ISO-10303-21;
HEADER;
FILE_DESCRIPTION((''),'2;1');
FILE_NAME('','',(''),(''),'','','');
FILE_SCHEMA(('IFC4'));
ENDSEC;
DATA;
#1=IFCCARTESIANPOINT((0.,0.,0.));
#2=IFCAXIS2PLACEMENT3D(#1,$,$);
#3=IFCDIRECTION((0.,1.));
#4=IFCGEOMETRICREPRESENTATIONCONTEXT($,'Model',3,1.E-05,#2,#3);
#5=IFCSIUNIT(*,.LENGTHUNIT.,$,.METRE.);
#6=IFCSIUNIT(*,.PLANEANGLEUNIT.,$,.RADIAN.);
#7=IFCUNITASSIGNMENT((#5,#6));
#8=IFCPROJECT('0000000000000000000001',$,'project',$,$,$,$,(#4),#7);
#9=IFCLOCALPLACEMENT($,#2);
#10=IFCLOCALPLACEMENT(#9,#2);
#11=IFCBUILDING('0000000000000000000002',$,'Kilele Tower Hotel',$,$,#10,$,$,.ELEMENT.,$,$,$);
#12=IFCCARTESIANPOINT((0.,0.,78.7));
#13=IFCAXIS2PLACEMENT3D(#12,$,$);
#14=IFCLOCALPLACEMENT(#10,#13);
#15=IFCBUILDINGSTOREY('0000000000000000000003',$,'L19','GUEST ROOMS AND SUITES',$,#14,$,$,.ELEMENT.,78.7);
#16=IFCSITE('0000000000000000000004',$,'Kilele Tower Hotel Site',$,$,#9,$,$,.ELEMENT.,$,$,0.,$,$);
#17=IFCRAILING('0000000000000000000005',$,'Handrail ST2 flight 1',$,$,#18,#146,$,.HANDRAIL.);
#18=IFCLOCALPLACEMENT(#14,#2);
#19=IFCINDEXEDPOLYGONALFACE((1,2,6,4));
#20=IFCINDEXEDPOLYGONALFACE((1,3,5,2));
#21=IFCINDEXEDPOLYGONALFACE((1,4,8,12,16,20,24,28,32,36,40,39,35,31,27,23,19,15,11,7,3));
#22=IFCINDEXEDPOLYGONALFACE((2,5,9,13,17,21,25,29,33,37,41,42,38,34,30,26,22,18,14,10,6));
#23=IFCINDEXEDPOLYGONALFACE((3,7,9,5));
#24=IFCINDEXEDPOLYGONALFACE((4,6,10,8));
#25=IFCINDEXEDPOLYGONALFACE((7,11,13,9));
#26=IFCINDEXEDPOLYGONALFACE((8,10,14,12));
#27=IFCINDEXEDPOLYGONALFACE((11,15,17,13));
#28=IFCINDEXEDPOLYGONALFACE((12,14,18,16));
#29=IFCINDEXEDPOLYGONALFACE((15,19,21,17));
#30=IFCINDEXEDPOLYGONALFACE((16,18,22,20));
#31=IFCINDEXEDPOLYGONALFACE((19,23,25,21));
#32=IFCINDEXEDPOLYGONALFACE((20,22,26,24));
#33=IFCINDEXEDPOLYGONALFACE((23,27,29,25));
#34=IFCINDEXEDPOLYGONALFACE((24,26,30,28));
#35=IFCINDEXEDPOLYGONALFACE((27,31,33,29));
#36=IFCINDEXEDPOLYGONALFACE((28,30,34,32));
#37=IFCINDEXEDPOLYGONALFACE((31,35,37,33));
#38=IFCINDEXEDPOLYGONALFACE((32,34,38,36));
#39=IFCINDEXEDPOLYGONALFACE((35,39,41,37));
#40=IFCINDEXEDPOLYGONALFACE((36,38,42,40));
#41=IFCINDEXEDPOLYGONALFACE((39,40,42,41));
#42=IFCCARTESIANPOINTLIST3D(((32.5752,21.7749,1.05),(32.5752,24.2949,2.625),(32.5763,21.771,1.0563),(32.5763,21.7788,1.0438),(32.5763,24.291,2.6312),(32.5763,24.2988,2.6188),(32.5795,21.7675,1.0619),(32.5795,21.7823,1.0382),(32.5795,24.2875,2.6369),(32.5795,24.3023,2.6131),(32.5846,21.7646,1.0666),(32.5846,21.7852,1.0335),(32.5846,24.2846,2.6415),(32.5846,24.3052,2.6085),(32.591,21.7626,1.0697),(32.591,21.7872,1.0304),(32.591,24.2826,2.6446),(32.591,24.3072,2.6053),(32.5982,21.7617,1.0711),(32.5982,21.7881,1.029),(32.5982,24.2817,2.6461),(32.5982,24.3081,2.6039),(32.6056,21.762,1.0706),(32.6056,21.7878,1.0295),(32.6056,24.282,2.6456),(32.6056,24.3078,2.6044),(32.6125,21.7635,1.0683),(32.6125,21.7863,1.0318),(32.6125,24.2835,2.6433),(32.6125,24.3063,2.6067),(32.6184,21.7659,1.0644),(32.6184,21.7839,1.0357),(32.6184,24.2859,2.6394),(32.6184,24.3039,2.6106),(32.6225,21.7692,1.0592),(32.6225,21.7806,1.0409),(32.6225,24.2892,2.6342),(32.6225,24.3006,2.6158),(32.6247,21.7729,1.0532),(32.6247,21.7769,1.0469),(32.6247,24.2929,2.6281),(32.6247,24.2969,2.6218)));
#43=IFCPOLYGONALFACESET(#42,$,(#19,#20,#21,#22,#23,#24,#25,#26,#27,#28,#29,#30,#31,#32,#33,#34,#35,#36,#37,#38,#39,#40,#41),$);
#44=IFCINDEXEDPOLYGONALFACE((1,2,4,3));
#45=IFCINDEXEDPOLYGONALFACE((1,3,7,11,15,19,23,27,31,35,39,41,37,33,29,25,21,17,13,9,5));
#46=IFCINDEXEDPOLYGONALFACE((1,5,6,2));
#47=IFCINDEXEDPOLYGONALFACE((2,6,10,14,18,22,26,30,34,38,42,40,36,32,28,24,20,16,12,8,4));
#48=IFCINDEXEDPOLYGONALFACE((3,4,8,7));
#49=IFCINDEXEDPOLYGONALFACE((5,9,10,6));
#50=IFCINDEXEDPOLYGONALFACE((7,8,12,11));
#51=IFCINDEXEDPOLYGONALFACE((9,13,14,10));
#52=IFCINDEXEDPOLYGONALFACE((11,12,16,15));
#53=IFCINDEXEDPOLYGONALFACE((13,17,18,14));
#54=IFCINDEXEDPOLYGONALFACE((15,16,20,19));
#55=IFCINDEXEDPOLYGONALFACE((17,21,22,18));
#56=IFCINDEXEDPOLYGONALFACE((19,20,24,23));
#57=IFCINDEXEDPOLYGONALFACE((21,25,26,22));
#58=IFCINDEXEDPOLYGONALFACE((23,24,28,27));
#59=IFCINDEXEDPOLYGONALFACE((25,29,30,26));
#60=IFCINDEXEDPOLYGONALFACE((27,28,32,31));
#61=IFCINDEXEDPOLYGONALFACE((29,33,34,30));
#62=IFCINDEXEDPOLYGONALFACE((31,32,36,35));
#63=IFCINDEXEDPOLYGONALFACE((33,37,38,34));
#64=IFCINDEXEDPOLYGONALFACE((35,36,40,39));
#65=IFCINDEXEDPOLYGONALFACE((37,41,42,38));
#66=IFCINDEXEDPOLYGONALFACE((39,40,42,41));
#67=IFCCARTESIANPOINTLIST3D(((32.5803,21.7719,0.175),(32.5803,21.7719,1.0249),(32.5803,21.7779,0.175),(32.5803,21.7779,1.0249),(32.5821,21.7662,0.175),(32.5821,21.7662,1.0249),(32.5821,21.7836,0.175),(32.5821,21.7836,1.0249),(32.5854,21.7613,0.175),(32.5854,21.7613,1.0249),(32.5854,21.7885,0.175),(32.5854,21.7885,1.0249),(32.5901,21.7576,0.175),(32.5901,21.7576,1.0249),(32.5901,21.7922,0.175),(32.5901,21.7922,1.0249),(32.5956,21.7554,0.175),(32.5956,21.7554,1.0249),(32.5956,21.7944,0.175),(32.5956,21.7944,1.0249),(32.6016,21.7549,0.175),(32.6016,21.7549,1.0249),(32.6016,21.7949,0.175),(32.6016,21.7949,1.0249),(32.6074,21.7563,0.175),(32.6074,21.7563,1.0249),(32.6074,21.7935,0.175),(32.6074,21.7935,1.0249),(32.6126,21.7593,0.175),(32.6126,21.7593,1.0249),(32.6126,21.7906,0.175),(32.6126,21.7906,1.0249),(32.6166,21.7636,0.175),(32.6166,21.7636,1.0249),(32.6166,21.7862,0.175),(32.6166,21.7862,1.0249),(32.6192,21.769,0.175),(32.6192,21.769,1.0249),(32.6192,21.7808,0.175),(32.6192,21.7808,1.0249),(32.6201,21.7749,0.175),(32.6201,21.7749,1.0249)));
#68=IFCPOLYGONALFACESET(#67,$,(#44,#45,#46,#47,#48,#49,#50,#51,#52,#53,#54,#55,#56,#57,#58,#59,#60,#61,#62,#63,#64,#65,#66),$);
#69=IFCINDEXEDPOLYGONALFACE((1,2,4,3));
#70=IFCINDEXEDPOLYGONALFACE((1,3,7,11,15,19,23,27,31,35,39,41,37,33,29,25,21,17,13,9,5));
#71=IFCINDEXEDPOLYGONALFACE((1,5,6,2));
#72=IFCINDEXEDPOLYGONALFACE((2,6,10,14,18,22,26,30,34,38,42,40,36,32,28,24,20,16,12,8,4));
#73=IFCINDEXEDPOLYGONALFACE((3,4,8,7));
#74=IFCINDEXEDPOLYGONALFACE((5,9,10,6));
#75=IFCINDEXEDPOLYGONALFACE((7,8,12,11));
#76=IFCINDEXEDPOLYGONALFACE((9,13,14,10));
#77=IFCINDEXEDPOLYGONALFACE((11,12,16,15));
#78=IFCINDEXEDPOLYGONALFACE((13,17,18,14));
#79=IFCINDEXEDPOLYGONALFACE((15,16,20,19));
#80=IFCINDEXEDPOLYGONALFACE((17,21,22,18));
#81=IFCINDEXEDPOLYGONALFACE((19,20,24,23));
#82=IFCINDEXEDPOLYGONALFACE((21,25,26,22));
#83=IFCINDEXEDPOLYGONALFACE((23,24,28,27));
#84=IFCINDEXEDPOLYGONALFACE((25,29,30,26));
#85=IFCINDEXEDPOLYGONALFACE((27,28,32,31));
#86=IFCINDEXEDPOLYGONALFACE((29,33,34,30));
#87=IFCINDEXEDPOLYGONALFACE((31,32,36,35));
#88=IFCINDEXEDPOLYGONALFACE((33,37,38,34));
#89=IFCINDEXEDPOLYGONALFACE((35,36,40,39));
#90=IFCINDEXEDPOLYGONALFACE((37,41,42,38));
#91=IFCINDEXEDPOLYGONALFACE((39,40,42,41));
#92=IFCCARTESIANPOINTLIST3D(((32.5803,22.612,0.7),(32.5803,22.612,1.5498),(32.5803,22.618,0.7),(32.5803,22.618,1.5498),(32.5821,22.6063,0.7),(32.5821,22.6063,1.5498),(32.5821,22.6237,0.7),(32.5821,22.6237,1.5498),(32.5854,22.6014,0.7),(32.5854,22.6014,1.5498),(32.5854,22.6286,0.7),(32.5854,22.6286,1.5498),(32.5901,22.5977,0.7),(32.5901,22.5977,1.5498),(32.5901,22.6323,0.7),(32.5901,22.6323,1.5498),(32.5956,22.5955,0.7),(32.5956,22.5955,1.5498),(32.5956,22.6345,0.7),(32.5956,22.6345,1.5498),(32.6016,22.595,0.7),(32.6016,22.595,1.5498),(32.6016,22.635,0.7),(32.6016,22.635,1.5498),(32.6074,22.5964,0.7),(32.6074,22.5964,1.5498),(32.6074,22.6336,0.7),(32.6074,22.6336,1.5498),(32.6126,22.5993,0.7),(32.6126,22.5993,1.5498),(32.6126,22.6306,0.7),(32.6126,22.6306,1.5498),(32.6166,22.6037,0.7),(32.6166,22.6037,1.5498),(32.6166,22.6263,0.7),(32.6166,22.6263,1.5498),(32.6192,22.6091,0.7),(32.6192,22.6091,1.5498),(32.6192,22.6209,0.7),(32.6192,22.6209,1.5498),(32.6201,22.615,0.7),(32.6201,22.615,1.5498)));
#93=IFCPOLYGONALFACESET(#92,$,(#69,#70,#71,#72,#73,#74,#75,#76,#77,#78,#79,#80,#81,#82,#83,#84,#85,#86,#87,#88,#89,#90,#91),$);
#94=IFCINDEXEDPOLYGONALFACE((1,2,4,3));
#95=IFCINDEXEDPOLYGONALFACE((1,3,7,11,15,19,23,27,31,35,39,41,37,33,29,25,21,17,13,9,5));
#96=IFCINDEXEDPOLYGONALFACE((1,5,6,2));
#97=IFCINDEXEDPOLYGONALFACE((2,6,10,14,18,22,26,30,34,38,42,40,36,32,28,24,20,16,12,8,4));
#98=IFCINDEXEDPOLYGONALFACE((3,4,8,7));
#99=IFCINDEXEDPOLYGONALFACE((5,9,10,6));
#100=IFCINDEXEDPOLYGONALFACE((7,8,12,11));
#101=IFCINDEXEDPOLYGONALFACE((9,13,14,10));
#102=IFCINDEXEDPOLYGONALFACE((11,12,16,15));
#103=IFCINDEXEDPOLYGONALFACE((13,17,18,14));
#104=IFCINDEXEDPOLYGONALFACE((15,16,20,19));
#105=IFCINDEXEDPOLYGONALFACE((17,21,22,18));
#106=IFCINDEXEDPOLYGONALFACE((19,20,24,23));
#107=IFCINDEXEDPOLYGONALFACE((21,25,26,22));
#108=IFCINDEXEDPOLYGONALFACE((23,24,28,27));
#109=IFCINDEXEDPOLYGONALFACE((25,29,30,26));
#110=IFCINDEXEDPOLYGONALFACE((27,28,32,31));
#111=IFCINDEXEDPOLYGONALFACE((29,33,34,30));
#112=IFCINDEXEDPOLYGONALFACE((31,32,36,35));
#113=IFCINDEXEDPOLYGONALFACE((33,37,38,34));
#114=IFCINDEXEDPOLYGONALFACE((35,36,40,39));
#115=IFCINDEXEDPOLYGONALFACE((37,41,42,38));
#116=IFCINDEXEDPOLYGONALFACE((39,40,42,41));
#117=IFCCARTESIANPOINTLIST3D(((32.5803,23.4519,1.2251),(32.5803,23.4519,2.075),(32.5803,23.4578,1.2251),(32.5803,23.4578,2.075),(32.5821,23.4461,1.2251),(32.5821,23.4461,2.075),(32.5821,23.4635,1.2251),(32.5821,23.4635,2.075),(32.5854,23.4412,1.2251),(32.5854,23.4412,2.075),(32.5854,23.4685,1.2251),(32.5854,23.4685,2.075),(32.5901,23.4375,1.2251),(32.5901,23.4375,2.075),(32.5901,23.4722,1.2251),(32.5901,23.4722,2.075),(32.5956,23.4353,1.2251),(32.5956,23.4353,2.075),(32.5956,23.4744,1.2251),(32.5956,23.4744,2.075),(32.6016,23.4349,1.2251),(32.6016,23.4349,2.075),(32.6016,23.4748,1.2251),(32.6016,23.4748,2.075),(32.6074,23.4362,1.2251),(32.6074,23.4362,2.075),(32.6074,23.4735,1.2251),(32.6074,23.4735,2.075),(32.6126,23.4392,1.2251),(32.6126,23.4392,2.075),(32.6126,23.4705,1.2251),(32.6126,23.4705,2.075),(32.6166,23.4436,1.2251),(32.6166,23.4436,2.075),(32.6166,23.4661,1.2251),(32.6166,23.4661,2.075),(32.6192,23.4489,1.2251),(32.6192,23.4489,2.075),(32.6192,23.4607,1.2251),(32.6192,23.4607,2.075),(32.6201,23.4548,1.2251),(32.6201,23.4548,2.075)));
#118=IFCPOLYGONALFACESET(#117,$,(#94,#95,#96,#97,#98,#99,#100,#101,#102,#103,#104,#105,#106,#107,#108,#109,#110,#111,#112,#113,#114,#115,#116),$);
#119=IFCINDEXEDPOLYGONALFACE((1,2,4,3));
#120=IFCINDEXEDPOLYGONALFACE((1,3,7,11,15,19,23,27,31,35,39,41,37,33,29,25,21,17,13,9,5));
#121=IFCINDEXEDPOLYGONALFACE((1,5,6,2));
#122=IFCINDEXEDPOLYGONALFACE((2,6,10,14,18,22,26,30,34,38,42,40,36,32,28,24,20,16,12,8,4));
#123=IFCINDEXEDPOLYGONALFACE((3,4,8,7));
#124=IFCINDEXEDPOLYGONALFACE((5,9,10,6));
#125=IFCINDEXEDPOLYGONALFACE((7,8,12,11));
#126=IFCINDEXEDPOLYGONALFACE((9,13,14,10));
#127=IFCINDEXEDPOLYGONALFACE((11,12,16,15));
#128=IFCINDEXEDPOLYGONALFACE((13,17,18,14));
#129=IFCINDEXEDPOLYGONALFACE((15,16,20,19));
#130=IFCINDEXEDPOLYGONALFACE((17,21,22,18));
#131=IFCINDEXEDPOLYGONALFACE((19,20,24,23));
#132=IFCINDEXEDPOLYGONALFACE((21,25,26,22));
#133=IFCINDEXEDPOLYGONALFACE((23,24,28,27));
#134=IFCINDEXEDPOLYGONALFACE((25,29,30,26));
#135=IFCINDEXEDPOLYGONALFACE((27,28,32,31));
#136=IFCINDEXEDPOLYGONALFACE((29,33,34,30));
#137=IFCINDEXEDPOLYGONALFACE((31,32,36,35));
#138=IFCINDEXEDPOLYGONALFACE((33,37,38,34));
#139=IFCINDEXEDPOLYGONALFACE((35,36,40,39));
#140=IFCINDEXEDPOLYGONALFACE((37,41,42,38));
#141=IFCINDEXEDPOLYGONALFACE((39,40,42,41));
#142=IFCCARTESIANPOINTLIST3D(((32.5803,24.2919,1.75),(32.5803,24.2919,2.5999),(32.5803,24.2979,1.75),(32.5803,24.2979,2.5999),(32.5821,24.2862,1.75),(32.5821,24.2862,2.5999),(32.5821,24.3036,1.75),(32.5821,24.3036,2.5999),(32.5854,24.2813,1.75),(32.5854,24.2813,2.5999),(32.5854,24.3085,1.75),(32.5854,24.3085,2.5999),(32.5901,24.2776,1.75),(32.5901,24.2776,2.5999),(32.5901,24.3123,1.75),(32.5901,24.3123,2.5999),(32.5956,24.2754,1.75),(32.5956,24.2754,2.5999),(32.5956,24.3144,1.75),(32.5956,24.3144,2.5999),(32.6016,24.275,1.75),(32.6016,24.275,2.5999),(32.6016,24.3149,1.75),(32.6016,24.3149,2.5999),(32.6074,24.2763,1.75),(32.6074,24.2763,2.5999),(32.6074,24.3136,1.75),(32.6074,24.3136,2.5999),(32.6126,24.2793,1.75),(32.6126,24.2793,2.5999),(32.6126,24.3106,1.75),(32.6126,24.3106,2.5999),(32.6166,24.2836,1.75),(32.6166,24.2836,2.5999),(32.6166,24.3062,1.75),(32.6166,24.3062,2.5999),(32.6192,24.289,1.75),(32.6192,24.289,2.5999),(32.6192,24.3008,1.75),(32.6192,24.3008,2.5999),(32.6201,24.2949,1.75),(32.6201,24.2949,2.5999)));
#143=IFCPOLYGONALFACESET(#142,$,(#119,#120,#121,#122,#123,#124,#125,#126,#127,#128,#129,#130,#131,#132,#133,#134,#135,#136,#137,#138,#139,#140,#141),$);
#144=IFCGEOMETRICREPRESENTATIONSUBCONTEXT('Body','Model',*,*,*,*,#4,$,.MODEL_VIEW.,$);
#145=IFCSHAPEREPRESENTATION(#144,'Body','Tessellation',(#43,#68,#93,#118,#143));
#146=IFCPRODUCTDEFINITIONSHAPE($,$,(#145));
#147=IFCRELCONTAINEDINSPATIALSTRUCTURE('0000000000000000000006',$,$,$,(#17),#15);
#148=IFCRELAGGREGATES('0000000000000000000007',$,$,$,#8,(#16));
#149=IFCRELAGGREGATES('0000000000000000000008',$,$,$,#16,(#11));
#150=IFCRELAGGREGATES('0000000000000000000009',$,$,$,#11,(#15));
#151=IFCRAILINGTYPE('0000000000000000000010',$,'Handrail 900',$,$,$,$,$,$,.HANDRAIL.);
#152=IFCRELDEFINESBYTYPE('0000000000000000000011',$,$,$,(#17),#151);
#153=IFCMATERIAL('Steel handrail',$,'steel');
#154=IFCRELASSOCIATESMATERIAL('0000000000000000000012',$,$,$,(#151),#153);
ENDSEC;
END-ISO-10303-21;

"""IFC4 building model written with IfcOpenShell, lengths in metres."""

from ifc_helpers import new_model, si_unit, direction, frame, origin, origin_2d, place, context, subcontext, project, spatial, circle, extrude, material, type_object, element, save


model = new_model("IFC4")

# Units and contexts
model_context = context("Model", 3, precision=1e-05, world=origin(), true_north=direction((0.0, 1.0)))
body_context = subcontext(model_context, "Body", "Model", "MODEL_VIEW")
ifc_project = project(units=[si_unit("LENGTHUNIT", "METRE"), si_unit("PLANEANGLEUNIT", "RADIAN")], contexts=[model_context])

# Site, building, storey
site_placement = place(None, origin())
site = spatial("IfcSite", under=ifc_project, at=site_placement, Name="Kilele Tower Hotel Site", CompositionType="ELEMENT", RefElevation=0.0)
building_placement = place(site_placement, origin())
building = spatial("IfcBuilding", under=site, at=building_placement, Name="Kilele Tower Hotel", CompositionType="ELEMENT")
storey_placement = place(building_placement, frame((0.0, 0.0, 78.7)))
storey = spatial("IfcBuildingStorey", under=building, at=storey_placement, Name="L19", Description="GUEST ROOMS AND SUITES", CompositionType="ELEMENT", Elevation=78.7)

# Railing
ifc_material_1 = material(Name="Steel handrail", Category="steel")
railing_type_1 = type_object("IfcRailingType", Name="Handrail 900", PredefinedType="HANDRAIL", material=ifc_material_1)
for number, where, name in (
    (1, (32.6001, 21.7749, 0.175), "Handrail ST2 flight 1"),
):
    element("IfcRailing", number, at=place(storey_placement, frame(where)), inside=storey, type_object=railing_type_1, Name=name, PredefinedType="HANDRAIL", context=body_context, shape_type="SweptSolid", body=[
        extrude(circle(Radius=0.0249, at=origin_2d()), frame((0.0, 0.0, 0.875), z_axis=(0.0, 0.848008, 0.529984), x_axis=(-1.0, 0.0, 0.0)), (0.0, 0.0, 1.0), 2.9717),
        extrude(circle(Radius=0.02, at=origin_2d()), origin(), (0.0, 0.0, 1.0), 0.8499),
        extrude(circle(Radius=0.02, at=origin_2d()), frame((0.0, 0.8401, 0.5249)), (0.0, 0.0, 1.0), 0.8499),
        extrude(circle(Radius=0.02, at=origin_2d()), frame((0.0, 1.6799, 1.05)), (0.0, 0.0, 1.0), 0.8499),
        extrude(circle(Radius=0.02, at=origin_2d()), frame((0.0, 2.52, 1.575)), (0.0, 0.0, 1.0), 0.8499),
    ])

save(model, "model.ifc")
